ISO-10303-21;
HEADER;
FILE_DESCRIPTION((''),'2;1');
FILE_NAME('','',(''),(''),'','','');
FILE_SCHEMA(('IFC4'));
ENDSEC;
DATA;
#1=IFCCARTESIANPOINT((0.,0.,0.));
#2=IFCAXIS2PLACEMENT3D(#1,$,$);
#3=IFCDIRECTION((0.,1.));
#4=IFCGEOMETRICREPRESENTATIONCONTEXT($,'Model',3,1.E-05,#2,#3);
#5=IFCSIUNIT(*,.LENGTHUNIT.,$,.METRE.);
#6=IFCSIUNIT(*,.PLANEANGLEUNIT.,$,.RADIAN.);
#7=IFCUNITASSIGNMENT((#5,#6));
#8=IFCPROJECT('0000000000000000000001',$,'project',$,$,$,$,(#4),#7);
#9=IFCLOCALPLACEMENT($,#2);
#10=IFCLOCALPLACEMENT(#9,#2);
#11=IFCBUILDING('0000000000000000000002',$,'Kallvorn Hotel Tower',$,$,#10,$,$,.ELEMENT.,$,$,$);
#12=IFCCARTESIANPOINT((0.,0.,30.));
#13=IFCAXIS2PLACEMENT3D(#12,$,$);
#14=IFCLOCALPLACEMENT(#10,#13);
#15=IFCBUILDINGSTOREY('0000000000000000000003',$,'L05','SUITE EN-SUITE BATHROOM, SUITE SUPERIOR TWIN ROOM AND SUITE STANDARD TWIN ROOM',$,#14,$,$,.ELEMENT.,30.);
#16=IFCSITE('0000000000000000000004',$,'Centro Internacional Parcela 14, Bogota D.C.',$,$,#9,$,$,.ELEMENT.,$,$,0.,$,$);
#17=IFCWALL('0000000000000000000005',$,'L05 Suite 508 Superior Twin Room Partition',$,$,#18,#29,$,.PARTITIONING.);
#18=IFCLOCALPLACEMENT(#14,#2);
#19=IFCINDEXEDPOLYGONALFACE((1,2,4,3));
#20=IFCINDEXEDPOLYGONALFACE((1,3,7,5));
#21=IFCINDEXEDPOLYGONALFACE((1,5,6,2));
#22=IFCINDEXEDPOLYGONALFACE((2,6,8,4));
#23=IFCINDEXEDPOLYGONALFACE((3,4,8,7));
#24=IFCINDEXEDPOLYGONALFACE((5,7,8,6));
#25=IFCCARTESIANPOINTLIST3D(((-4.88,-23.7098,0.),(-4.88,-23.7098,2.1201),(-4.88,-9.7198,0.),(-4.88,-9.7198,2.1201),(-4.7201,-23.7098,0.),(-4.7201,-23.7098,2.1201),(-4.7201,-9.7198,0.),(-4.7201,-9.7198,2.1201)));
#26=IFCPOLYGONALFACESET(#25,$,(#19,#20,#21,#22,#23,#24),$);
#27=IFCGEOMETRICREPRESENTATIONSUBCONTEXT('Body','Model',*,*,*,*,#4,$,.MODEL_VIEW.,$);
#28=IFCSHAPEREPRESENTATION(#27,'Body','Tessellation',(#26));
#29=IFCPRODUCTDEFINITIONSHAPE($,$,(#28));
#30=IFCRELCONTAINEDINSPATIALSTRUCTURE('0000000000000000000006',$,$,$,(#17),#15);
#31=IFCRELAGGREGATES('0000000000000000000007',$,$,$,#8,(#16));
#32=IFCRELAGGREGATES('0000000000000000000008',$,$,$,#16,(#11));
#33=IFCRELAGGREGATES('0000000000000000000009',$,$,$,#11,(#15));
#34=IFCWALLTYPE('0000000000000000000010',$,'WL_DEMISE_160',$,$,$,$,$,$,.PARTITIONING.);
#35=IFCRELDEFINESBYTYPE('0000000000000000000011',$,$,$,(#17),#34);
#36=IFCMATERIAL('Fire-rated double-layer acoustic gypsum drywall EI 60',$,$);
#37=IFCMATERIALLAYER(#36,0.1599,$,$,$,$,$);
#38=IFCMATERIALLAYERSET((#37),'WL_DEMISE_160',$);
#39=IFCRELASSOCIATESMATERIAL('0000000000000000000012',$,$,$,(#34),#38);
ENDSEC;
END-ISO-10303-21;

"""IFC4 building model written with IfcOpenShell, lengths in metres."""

from ifc_helpers import new_model, si_unit, direction, frame, frame_2d, origin, place, context, subcontext, project, spatial, rectangle, extrude, material, layer, layer_set, type_object, element, save


model = new_model("IFC4")

# Units and contexts
model_context = context("Model", 3, precision=1e-05, world=origin(), true_north=direction((0.0, 1.0)))
body_context = subcontext(model_context, "Body", "Model", "MODEL_VIEW")
ifc_project = project(units=[si_unit("LENGTHUNIT", "METRE"), si_unit("PLANEANGLEUNIT", "RADIAN")], contexts=[model_context])

# Site, building, storey
site_placement = place(None, origin())
site = spatial("IfcSite", under=ifc_project, at=site_placement, Name="Centro Internacional Parcela 14, Bogota D.C.", CompositionType="ELEMENT", RefElevation=0.0)
building_placement = place(site_placement, origin())
building = spatial("IfcBuilding", under=site, at=building_placement, Name="Kallvorn Hotel Tower", CompositionType="ELEMENT")
storey_placement = place(building_placement, frame((0.0, 0.0, 30.0)))
storey = spatial("IfcBuildingStorey", under=building, at=storey_placement, Name="L05", Description="SUITE EN-SUITE BATHROOM, SUITE SUPERIOR TWIN ROOM AND SUITE STANDARD TWIN ROOM", CompositionType="ELEMENT", Elevation=30.0)

# Wall
ifc_material_1 = material(Name="Fire-rated double-layer acoustic gypsum drywall EI 60")
ifc_layer_1 = layer(ifc_material_1, 0.1599)
ifc_layer_set_1 = layer_set([ifc_layer_1], Name="WL_DEMISE_160")
wall_type = type_object("IfcWallType", Name="WL_DEMISE_160", PredefinedType="PARTITIONING", material=ifc_layer_set_1)
for number, where, z_axis, x_axis, name in (
    (1, (-4.8, -23.71, 0.0), (0.0, 0.0, 1.0), (0.0, 1.0, 0.0), "L05 Suite 508 Superior Twin Room Partition"),
):
    element("IfcWall", number, at=place(storey_placement, frame(where, z_axis=z_axis, x_axis=x_axis)), inside=storey, type_object=wall_type, Name=name, PredefinedType="PARTITIONING", context=body_context, shape_type="SweptSolid", body=[
        extrude(rectangle(XDim=13.99, YDim=0.1599, at=frame_2d((6.9951, 0.0))), origin(), (0.0, 0.0, 1.0), 2.1201),
    ])

save(model, "model.ifc")
